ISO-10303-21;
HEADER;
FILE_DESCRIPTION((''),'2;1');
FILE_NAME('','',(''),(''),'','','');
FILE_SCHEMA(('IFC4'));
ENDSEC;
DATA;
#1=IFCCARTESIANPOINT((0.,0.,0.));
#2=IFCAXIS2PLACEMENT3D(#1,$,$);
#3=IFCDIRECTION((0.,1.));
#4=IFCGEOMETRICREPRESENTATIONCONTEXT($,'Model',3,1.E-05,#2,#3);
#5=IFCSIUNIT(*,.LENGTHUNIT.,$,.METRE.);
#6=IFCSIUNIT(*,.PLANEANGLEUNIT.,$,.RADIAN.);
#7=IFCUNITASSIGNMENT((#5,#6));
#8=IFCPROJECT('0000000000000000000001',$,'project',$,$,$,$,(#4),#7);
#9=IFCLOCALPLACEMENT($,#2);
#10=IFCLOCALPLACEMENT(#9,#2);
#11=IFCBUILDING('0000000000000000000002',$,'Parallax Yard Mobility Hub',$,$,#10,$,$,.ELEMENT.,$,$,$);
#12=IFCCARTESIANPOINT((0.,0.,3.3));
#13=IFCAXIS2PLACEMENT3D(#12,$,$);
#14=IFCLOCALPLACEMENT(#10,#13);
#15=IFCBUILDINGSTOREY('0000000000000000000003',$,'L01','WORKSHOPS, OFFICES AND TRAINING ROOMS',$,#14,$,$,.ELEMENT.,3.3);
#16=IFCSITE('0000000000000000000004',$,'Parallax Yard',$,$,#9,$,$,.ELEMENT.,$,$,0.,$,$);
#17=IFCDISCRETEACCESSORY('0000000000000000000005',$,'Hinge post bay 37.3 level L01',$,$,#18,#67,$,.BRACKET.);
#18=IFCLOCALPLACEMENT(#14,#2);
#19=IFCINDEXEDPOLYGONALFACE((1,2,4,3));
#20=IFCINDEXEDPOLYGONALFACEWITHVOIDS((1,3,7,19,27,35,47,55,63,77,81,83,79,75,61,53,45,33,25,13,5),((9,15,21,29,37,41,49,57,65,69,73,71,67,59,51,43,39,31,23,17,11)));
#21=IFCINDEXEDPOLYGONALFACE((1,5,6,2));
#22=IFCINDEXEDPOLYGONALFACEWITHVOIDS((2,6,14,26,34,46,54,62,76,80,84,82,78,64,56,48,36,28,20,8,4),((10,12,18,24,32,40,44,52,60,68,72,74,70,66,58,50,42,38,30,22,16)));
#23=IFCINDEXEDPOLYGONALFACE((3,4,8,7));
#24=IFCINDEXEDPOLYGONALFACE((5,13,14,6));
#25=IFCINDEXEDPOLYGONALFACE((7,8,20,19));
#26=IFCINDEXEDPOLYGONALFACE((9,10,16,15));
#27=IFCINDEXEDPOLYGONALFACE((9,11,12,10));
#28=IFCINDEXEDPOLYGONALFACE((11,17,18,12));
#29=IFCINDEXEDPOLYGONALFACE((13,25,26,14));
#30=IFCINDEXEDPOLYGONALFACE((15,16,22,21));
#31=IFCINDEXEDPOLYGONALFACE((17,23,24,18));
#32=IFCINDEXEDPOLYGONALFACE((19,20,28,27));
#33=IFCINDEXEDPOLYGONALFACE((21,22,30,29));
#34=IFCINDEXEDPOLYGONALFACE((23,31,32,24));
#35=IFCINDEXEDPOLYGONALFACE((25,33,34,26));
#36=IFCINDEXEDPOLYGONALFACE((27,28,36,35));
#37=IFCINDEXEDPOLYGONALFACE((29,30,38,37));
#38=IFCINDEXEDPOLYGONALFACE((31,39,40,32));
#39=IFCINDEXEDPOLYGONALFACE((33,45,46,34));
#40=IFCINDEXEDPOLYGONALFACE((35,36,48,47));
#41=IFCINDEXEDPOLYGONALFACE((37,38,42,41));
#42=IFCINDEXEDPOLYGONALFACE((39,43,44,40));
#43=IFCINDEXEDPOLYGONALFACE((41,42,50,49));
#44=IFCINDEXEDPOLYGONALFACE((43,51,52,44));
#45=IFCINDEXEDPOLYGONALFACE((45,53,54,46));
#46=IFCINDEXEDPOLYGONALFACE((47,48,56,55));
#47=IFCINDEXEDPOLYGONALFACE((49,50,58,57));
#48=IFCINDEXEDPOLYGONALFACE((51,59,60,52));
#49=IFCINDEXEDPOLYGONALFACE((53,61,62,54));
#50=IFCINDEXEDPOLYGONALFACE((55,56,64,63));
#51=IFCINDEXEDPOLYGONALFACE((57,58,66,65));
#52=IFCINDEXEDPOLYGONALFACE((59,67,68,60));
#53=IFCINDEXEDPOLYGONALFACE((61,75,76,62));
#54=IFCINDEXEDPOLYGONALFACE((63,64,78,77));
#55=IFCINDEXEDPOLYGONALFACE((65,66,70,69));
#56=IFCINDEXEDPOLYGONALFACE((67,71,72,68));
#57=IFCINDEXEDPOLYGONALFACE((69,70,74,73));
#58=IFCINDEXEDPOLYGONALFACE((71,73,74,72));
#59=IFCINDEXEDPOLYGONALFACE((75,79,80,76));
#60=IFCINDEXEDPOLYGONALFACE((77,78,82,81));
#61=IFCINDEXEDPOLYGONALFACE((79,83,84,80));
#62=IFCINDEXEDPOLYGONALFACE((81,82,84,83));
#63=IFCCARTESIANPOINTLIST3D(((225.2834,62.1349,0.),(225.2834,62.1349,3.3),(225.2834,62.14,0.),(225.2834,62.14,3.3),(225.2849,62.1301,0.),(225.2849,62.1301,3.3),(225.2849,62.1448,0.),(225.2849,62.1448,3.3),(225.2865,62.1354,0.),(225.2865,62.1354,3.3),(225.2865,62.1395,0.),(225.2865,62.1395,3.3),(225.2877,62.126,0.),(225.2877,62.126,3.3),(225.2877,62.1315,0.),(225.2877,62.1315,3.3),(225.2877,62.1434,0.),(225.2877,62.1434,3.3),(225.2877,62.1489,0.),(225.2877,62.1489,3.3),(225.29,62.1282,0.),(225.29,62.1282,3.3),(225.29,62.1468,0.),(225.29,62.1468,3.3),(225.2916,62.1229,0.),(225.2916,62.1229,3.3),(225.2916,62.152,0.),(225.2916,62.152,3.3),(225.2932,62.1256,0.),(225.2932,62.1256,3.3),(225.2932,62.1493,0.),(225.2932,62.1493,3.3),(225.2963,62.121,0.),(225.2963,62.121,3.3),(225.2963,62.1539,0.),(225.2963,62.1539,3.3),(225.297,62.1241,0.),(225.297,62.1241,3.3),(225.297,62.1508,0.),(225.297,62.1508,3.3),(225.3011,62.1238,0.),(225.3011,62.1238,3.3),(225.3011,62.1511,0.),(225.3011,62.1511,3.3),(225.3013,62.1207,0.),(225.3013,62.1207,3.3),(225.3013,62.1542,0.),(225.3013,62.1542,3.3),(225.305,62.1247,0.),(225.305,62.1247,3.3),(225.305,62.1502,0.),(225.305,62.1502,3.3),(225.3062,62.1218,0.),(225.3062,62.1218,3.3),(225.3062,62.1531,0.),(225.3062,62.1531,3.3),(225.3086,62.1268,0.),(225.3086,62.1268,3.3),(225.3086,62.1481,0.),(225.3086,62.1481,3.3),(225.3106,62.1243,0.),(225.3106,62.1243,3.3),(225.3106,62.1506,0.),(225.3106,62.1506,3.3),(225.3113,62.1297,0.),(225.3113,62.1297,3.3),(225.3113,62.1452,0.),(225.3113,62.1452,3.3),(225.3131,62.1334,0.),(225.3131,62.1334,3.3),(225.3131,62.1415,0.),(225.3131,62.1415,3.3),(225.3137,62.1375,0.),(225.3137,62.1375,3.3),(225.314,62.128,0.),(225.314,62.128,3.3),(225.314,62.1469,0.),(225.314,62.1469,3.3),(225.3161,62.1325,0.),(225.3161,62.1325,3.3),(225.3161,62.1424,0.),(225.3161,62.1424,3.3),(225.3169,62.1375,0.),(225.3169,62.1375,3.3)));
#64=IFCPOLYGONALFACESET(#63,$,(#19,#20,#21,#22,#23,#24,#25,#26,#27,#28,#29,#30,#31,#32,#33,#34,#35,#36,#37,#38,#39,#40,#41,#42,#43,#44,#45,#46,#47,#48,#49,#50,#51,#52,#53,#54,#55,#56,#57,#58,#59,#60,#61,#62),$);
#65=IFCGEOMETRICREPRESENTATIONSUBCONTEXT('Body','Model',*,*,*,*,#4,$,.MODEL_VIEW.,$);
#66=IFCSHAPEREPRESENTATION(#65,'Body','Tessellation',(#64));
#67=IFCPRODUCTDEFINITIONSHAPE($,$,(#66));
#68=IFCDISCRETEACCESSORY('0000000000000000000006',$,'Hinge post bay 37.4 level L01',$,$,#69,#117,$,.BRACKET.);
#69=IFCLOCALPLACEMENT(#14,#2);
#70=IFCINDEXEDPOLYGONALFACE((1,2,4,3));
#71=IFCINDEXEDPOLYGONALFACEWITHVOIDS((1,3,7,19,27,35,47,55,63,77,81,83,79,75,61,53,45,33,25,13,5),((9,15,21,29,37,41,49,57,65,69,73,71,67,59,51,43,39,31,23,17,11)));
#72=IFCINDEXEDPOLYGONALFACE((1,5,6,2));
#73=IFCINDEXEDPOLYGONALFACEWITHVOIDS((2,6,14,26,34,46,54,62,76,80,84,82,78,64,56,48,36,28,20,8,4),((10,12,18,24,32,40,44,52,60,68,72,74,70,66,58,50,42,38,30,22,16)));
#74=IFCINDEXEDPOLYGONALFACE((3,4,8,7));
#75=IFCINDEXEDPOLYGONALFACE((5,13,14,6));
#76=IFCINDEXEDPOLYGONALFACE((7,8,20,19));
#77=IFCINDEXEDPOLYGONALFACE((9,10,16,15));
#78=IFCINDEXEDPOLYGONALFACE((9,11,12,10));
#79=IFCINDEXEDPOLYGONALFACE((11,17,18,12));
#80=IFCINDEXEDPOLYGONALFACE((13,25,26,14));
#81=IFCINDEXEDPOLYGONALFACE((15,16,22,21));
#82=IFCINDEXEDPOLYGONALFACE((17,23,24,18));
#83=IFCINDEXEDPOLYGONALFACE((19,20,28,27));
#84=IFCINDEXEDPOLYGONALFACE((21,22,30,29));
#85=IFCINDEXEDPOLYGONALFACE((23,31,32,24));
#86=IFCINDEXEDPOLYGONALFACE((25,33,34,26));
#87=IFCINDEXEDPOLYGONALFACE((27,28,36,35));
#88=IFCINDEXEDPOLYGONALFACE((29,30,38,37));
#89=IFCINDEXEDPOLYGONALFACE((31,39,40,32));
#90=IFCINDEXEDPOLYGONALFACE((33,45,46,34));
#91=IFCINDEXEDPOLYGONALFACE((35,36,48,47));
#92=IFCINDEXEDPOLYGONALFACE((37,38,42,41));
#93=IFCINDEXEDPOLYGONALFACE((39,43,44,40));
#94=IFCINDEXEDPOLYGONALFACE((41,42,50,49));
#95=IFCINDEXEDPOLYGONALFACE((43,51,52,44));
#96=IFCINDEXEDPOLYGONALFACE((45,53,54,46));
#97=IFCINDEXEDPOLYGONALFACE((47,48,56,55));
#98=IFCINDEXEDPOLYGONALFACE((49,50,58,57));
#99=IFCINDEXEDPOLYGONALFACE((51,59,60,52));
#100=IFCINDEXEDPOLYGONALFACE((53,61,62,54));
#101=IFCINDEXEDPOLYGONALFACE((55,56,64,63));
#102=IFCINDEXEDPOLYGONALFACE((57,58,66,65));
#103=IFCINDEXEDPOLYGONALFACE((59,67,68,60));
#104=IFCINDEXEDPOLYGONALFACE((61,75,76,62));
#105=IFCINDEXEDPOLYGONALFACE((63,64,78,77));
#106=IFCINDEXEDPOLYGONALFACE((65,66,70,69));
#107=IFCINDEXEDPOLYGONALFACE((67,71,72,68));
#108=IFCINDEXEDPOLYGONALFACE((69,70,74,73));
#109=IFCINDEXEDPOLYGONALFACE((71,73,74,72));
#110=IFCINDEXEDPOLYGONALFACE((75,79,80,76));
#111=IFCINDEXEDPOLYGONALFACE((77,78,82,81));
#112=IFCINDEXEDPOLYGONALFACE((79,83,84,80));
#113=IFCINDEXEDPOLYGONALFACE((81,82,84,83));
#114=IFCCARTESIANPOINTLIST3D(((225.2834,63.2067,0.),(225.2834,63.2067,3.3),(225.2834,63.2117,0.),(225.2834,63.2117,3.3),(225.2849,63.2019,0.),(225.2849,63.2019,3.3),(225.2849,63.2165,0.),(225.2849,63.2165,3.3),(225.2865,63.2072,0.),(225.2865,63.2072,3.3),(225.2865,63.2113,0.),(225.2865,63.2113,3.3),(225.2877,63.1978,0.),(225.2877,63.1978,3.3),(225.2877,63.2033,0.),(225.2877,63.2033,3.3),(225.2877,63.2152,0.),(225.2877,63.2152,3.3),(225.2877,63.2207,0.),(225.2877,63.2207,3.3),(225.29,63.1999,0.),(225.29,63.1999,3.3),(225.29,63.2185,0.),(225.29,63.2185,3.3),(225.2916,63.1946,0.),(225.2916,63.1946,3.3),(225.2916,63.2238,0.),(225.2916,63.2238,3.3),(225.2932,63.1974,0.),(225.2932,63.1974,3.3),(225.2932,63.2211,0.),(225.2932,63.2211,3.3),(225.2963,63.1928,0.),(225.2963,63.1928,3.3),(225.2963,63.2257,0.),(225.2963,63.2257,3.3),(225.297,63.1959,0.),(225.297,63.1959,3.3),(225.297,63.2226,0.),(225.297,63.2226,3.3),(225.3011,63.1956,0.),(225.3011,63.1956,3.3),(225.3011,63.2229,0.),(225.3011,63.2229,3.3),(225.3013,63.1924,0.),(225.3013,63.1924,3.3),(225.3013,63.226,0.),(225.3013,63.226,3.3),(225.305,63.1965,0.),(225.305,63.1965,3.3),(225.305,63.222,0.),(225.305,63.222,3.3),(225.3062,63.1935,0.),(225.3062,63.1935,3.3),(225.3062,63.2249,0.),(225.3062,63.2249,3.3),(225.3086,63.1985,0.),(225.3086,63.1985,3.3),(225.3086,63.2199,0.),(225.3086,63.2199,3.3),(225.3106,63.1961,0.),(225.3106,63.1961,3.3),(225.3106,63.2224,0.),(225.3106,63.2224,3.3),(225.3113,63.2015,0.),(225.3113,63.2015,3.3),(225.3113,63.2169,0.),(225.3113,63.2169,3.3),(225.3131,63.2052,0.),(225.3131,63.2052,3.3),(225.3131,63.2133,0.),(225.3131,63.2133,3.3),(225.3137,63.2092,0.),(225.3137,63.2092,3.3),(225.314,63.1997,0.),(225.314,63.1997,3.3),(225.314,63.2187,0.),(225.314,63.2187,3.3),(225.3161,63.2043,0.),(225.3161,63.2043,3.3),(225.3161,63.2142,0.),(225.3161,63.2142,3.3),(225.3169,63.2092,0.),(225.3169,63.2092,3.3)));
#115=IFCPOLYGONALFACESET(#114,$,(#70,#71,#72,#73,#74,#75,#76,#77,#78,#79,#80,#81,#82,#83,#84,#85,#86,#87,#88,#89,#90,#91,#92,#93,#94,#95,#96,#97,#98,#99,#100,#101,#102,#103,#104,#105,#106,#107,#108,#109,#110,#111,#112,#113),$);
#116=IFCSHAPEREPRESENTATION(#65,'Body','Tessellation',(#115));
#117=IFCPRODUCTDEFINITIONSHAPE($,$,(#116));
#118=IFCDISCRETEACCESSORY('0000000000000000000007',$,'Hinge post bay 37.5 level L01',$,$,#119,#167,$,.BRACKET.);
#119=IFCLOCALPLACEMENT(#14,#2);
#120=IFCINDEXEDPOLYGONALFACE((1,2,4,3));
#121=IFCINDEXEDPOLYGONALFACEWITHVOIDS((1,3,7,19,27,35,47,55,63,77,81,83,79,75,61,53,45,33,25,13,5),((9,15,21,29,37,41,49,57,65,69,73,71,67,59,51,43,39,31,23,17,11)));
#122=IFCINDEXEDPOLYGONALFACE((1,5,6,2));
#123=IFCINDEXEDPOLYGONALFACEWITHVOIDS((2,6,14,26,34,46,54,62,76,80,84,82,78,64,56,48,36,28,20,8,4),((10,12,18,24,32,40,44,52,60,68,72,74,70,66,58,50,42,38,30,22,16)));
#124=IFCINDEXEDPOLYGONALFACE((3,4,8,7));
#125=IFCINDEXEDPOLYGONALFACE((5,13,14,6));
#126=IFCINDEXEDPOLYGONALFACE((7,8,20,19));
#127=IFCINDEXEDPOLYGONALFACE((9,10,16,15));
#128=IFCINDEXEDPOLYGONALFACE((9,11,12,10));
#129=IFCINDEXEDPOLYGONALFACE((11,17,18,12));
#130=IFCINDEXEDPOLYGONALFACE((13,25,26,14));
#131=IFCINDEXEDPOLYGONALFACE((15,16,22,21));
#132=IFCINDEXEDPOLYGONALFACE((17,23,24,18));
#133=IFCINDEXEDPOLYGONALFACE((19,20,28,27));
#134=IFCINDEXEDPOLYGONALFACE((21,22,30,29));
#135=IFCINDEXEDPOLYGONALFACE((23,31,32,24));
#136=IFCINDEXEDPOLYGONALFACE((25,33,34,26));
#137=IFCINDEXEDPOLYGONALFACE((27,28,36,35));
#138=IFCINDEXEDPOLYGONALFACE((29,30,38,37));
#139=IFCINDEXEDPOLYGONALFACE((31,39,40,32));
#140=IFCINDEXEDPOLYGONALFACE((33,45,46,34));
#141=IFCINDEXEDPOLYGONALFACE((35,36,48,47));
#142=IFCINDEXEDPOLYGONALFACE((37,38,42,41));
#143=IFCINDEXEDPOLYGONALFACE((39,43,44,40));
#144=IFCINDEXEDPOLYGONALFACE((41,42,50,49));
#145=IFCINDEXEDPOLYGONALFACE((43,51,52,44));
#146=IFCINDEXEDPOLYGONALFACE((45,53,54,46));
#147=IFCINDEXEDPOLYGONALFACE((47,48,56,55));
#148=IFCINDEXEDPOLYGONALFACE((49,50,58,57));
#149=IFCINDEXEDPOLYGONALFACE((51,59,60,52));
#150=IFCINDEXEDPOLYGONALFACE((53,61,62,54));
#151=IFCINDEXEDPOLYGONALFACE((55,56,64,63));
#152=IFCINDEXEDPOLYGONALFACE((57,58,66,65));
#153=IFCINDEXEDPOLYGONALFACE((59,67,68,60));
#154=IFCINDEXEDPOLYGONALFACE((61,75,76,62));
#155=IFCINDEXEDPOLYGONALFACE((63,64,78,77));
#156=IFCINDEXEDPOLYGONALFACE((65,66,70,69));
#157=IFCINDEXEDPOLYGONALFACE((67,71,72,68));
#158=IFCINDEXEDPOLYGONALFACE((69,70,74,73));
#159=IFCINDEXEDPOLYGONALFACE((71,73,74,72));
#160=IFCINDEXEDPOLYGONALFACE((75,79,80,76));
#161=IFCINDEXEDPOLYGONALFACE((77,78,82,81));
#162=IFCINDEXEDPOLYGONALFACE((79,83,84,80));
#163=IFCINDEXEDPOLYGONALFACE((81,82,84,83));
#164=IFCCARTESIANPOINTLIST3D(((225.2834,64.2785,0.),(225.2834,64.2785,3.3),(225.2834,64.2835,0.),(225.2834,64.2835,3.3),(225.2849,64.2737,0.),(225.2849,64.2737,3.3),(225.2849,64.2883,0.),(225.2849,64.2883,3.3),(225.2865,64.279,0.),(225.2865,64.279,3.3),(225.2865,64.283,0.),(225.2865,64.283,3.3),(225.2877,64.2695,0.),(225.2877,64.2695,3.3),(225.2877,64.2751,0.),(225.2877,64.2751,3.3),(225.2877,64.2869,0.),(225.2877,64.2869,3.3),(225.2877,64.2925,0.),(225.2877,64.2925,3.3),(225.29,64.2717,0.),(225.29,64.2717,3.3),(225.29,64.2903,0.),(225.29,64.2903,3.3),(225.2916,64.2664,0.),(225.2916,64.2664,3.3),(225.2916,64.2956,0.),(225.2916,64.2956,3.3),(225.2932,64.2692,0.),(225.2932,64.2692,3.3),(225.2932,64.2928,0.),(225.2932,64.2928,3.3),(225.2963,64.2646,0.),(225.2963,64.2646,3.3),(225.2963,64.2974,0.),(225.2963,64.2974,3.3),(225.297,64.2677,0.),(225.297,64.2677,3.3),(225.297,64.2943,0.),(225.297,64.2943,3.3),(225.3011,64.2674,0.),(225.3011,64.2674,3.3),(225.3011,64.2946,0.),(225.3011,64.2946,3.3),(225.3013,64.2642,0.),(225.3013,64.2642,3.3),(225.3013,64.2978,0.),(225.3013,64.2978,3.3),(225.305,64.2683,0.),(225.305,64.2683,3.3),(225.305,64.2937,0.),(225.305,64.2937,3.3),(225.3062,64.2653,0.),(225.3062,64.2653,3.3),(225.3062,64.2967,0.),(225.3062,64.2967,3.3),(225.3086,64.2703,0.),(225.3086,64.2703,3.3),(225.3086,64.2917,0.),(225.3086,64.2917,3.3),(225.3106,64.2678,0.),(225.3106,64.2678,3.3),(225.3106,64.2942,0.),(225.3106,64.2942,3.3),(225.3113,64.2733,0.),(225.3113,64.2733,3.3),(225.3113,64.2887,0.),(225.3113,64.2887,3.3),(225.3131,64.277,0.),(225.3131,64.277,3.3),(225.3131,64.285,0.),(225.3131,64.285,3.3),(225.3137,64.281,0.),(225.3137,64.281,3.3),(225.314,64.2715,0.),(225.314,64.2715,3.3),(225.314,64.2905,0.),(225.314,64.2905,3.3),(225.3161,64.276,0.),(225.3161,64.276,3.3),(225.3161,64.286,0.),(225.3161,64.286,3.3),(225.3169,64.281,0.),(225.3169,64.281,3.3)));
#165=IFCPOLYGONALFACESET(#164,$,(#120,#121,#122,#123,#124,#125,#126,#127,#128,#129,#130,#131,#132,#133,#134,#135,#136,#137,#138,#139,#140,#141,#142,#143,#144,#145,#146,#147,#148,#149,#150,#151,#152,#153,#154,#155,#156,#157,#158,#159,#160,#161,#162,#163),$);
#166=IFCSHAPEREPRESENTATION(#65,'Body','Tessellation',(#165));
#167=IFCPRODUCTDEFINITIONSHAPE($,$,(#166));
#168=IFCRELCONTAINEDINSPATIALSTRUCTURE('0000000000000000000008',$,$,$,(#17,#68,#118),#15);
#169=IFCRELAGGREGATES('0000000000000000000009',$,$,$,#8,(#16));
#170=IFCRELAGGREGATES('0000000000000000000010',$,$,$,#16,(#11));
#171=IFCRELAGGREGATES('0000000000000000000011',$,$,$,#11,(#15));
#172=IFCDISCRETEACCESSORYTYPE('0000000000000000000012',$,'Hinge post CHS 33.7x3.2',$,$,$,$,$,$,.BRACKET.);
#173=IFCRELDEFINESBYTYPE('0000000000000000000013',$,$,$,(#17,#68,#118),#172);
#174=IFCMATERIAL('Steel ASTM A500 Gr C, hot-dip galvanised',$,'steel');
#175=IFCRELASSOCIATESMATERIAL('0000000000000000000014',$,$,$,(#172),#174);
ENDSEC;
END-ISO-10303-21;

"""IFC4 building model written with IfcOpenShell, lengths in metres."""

from ifc_helpers import new_model, si_unit, direction, frame, origin, origin_2d, place, context, subcontext, project, spatial, hollow_circle, extrude, material, material_profile, profile_set, type_object, element, save


model = new_model("IFC4")

# Units and contexts
model_context = context("Model", 3, precision=1e-05, world=origin(), true_north=direction((0.0, 1.0)))
body_context = subcontext(model_context, "Body", "Model", "MODEL_VIEW")
ifc_project = project(units=[si_unit("LENGTHUNIT", "METRE"), si_unit("PLANEANGLEUNIT", "RADIAN")], contexts=[model_context])

# Site, building, storey
site_placement = place(None, origin())
site = spatial("IfcSite", under=ifc_project, at=site_placement, Name="Parallax Yard", CompositionType="ELEMENT", RefElevation=0.0)
building_placement = place(site_placement, origin())
building = spatial("IfcBuilding", under=site, at=building_placement, Name="Parallax Yard Mobility Hub", CompositionType="ELEMENT")
storey_placement = place(building_placement, frame((0.0, 0.0, 3.3)))
storey = spatial("IfcBuildingStorey", under=building, at=storey_placement, Name="L01", Description="WORKSHOPS, OFFICES AND TRAINING ROOMS", CompositionType="ELEMENT", Elevation=3.3)

# Discrete accessories
ifc_material_1 = material(Name="Steel ASTM A500 Gr C, hot-dip galvanised", Category="steel")
ifc_material_profile = material_profile(ifc_material_1, hollow_circle(Radius=0.0168, WallThickness=0.0032, at=origin_2d()), Name="CHS 33.7x3.2")
ifc_profile_set = profile_set([ifc_material_profile], Name="Steel ASTM A500 Gr C, hot-dip galvanised")
discrete_accessory_type = type_object("IfcDiscreteAccessoryType", Name="Hinge post CHS 33.7x3.2", PredefinedType="BRACKET", material=ifc_profile_set)
for number, where, z_axis, x_axis, name in (
    (1, (225.3, 62.1375, 0.0), (0.0, 0.0, 1.0), (1.0, 0.0, 0.0), "Hinge post bay 37.3 level L01"),
    (2, (225.3, 63.2092, 0.0), (0.0, 0.0, 1.0), (1.0, 0.0, 0.0), "Hinge post bay 37.4 level L01"),
    (3, (225.3, 64.281, 0.0), (0.0, 0.0, 1.0), (1.0, 0.0, 0.0), "Hinge post bay 37.5 level L01"),
):
    element("IfcDiscreteAccessory", number, at=place(storey_placement, frame(where, z_axis=z_axis, x_axis=x_axis)), inside=storey, type_object=discrete_accessory_type, Name=name, PredefinedType="BRACKET", context=body_context, shape_type="SweptSolid", body=[
        extrude(hollow_circle(Radius=0.0168, WallThickness=0.0032, at=origin_2d()), origin(), (0.0, 0.0, 1.0), 3.3),
    ])

save(model, "model.ifc")
